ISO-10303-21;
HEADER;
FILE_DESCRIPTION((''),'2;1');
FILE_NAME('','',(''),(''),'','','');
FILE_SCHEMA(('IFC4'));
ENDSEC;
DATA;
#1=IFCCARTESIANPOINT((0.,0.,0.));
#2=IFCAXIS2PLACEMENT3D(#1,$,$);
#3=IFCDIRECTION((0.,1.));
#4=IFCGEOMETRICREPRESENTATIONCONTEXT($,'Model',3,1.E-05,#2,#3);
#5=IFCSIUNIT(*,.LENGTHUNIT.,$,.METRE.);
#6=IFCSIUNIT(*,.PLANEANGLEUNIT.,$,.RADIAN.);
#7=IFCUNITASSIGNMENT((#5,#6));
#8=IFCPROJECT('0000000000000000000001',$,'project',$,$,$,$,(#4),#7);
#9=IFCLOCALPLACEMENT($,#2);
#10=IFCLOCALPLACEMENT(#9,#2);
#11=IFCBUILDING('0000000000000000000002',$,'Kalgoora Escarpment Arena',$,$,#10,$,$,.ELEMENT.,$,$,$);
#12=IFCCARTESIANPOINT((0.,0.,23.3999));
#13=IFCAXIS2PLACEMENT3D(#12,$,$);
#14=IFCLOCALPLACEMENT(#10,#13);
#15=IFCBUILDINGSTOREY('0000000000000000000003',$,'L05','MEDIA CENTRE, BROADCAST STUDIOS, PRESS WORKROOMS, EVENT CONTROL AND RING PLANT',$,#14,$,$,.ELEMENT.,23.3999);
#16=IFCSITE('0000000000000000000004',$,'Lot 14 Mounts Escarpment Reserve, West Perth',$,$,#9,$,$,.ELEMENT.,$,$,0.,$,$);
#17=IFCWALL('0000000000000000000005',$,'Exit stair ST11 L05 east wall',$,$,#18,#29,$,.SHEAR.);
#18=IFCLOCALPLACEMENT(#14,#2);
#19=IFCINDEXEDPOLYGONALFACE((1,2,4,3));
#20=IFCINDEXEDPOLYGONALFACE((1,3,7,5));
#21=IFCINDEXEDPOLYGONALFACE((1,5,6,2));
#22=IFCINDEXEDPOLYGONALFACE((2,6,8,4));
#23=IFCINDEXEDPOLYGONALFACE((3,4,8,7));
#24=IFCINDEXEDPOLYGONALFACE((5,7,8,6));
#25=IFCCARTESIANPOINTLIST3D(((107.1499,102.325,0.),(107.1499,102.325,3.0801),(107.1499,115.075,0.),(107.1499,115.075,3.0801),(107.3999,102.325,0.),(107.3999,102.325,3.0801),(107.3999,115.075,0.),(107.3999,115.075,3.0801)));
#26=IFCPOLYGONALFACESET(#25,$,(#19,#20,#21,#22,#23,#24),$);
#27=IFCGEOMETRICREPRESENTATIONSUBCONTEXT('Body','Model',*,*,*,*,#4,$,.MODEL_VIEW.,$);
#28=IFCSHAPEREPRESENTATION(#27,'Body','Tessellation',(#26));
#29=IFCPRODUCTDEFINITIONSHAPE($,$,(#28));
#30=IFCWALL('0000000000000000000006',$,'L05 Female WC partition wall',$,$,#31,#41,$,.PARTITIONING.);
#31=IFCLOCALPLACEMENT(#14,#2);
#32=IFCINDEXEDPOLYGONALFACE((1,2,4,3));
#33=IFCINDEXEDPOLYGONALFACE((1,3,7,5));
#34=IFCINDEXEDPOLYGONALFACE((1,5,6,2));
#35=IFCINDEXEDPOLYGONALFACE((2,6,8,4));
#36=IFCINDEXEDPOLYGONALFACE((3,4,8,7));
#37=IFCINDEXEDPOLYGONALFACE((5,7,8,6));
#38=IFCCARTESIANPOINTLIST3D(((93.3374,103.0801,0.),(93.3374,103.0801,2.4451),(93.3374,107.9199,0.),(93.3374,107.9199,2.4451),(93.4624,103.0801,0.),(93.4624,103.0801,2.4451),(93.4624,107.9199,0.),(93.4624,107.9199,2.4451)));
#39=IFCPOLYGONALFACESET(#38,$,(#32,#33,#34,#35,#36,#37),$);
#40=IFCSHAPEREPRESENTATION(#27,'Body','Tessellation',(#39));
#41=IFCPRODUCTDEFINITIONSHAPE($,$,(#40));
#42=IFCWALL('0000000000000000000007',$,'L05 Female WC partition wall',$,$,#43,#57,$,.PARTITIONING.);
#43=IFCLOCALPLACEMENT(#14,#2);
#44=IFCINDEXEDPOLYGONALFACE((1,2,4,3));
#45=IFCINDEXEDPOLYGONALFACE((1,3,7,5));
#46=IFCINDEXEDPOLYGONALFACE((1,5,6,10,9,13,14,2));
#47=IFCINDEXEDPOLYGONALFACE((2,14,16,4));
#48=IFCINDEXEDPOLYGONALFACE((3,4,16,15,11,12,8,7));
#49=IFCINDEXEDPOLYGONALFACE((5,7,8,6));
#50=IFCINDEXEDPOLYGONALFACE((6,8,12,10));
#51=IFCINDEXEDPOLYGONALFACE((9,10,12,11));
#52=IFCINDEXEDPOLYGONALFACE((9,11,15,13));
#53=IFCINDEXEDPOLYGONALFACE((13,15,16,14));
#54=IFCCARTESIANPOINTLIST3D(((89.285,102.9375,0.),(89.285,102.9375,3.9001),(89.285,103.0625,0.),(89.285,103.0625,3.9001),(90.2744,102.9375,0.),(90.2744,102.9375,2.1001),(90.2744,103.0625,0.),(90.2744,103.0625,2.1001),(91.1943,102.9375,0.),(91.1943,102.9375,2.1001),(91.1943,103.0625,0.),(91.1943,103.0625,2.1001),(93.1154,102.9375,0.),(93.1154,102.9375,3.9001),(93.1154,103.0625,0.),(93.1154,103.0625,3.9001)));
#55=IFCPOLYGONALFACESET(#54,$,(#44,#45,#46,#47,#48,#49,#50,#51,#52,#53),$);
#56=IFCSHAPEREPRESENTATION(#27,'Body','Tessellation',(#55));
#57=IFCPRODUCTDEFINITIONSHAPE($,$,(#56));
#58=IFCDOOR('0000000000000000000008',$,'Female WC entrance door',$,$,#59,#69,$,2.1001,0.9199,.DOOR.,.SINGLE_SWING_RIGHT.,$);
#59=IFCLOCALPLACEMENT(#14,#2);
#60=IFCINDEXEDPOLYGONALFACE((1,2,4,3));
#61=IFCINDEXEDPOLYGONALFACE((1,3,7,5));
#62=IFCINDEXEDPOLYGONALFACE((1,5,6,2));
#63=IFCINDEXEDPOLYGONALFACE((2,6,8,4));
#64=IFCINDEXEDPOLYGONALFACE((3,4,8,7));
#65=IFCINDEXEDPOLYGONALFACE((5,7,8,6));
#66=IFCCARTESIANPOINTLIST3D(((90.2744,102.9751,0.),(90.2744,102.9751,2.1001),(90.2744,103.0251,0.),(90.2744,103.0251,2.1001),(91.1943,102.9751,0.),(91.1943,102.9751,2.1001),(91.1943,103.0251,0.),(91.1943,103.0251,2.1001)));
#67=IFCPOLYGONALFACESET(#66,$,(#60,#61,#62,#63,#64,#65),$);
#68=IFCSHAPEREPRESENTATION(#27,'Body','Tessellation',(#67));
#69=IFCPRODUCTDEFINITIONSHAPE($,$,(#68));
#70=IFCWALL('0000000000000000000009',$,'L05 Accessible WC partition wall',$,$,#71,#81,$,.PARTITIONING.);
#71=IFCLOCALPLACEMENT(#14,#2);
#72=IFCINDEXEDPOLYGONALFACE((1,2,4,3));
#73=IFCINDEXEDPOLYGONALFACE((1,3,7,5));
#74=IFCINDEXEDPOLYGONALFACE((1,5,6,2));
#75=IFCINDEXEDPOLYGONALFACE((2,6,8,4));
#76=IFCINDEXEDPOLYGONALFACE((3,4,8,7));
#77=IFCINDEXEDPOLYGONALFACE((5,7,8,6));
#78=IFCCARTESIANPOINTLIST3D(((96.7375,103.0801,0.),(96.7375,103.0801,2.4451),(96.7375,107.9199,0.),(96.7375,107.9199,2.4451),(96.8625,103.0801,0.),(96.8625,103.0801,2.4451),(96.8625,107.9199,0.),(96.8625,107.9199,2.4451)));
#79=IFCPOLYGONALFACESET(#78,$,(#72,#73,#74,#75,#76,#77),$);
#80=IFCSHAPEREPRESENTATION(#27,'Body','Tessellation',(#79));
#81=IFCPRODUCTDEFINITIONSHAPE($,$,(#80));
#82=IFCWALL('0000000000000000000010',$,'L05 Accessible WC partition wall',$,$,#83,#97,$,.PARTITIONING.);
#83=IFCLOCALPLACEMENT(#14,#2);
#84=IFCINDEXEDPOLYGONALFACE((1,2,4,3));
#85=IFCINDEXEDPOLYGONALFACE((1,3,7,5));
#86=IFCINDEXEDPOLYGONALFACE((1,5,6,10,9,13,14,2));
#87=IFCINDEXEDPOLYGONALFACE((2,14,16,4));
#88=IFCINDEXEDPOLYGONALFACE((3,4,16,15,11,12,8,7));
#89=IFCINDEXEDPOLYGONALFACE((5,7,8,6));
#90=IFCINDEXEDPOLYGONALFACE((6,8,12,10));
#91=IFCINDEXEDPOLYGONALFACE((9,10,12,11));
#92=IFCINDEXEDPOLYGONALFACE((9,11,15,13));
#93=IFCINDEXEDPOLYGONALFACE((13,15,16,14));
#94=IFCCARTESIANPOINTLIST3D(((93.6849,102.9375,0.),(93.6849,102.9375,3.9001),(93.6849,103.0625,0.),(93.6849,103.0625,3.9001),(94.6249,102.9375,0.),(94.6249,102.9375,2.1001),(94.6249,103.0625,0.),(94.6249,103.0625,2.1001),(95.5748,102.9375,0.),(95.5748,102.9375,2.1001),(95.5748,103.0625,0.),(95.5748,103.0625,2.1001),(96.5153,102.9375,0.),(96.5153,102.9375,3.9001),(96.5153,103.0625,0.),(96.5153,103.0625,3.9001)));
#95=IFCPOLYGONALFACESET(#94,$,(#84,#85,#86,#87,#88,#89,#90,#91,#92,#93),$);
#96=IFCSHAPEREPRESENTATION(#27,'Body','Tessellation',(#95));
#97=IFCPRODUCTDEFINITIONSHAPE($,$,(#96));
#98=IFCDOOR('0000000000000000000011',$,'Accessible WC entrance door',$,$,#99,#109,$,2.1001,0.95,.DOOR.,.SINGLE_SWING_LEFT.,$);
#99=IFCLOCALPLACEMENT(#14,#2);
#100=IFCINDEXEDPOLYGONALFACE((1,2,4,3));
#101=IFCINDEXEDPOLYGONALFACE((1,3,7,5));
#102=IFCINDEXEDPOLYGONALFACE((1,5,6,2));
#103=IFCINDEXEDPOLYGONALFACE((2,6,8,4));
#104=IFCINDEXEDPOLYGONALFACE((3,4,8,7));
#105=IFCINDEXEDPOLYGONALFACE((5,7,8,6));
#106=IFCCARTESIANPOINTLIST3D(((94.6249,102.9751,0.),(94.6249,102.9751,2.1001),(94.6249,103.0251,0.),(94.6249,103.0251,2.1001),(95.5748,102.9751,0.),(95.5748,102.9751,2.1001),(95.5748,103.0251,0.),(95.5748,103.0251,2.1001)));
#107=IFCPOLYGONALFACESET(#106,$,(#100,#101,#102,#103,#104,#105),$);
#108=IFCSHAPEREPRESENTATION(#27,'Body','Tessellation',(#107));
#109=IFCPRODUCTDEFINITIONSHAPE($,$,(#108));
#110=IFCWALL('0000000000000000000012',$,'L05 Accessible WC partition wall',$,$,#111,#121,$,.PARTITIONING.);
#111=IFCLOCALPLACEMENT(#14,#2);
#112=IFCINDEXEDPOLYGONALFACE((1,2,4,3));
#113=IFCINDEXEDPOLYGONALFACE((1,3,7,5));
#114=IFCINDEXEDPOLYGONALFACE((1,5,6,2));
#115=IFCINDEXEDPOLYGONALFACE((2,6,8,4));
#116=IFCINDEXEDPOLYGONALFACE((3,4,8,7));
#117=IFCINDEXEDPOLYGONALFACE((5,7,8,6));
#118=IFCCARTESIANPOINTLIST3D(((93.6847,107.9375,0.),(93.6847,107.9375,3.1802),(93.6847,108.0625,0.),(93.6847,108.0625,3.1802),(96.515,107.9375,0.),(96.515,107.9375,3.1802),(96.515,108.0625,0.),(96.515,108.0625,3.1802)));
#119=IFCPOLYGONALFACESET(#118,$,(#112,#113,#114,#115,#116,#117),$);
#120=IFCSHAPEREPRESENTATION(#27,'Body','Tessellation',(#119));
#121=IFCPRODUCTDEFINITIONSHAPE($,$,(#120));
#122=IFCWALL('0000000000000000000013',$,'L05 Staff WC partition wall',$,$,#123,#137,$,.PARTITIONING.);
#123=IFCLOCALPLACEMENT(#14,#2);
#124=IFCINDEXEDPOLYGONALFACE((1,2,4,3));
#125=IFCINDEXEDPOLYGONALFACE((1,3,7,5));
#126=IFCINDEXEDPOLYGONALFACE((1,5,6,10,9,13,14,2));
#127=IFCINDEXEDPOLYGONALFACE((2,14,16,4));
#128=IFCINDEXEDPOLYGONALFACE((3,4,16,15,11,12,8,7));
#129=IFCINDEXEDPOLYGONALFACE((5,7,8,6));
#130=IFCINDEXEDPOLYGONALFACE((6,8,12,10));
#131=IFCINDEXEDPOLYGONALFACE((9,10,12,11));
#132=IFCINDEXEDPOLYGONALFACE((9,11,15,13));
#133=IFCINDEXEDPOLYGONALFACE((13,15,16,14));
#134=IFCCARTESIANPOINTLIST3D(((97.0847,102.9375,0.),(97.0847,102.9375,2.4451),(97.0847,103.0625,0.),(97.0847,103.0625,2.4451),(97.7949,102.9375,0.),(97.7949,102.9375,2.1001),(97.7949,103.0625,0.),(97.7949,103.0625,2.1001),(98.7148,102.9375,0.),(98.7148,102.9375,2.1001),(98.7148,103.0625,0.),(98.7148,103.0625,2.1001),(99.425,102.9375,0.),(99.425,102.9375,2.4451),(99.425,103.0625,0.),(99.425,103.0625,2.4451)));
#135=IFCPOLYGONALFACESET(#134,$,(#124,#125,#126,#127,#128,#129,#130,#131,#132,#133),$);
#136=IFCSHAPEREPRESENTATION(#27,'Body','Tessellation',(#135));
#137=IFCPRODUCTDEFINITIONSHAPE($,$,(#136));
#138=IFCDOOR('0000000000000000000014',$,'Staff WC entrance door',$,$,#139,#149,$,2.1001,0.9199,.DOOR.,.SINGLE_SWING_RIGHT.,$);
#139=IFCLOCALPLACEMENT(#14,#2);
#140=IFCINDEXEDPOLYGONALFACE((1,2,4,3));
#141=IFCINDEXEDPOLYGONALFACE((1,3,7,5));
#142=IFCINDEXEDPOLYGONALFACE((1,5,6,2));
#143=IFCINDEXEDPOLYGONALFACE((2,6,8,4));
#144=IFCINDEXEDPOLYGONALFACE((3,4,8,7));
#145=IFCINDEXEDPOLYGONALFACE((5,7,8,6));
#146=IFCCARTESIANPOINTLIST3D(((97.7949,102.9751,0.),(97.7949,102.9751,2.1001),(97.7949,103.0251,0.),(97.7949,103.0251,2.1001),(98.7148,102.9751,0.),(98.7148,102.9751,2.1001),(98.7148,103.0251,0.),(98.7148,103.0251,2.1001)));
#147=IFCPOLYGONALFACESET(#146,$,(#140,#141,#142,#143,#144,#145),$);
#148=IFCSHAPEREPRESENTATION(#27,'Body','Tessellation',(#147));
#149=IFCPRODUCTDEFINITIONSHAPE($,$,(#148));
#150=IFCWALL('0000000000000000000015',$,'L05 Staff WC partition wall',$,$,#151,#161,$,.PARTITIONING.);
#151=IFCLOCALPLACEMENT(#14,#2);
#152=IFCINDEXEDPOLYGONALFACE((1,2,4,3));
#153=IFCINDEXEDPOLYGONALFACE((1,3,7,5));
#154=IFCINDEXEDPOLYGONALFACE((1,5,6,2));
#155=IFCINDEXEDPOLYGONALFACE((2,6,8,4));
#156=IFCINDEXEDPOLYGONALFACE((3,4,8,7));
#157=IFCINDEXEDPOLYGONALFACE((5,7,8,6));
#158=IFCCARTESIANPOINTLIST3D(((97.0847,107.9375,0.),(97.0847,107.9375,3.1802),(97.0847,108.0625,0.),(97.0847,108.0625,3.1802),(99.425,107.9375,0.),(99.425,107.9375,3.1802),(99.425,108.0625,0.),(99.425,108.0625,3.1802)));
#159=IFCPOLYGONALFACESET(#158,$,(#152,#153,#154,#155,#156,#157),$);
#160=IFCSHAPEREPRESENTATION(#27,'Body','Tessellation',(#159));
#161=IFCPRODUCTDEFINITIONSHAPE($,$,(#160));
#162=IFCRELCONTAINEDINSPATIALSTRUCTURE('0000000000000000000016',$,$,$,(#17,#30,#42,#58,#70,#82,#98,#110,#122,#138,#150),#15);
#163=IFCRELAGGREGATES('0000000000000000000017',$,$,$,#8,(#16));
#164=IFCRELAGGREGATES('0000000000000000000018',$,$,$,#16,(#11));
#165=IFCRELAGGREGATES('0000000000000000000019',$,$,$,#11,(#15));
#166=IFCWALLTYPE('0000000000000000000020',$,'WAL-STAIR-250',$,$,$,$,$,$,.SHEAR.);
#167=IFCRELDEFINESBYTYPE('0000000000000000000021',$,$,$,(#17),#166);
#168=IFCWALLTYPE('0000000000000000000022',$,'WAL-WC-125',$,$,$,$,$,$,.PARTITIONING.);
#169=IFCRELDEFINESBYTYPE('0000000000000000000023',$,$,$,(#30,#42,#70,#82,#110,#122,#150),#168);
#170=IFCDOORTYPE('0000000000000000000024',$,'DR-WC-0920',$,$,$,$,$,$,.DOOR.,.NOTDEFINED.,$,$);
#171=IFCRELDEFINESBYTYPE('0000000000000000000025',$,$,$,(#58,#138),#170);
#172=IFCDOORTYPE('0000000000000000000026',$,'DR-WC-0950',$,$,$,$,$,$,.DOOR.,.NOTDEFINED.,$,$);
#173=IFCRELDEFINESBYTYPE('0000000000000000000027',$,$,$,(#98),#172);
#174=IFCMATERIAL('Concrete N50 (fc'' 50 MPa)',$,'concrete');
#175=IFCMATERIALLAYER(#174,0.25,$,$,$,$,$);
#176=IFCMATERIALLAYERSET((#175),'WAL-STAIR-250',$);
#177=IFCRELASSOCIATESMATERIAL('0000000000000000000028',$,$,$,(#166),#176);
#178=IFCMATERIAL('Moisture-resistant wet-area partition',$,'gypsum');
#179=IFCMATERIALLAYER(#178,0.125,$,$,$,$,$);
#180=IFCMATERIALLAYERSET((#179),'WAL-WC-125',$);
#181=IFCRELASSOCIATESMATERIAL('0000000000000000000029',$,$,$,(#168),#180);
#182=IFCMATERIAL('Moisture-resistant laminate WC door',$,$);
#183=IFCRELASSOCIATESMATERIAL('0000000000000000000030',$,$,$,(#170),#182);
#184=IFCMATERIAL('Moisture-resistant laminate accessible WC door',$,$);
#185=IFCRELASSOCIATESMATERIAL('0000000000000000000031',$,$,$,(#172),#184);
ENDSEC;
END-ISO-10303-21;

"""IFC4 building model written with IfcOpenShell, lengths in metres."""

from ifc_helpers import new_model, si_unit, direction, frame, frame_2d, origin, place, context, subcontext, project, spatial, rectangle, extrude, material, layer, layer_set, type_object, element, fill, save


model = new_model("IFC4")

# Units and contexts
model_context = context("Model", 3, precision=1e-05, world=origin(), true_north=direction((0.0, 1.0)))
body_context = subcontext(model_context, "Body", "Model", "MODEL_VIEW")
ifc_project = project(units=[si_unit("LENGTHUNIT", "METRE"), si_unit("PLANEANGLEUNIT", "RADIAN")], contexts=[model_context])

# Site, building, storey
site_placement = place(None, origin())
site = spatial("IfcSite", under=ifc_project, at=site_placement, Name="Lot 14 Mounts Escarpment Reserve, West Perth", CompositionType="ELEMENT", RefElevation=0.0)
building_placement = place(site_placement, origin())
building = spatial("IfcBuilding", under=site, at=building_placement, Name="Kalgoora Escarpment Arena", CompositionType="ELEMENT")
storey_placement = place(building_placement, frame((0.0, 0.0, 23.3999)))
storey = spatial("IfcBuildingStorey", under=building, at=storey_placement, Name="L05", Description="MEDIA CENTRE, BROADCAST STUDIOS, PRESS WORKROOMS, EVENT CONTROL AND RING PLANT", CompositionType="ELEMENT", Elevation=23.3999)

# Shared definitions
ifc_material_1 = material(Name="Concrete N50 (fc' 50 MPa)", Category="concrete")
ifc_layer_1 = layer(ifc_material_1, 0.25)
ifc_layer_set_1 = layer_set([ifc_layer_1], Name="WAL-STAIR-250")
wall_type_1 = type_object("IfcWallType", Name="WAL-STAIR-250", PredefinedType="SHEAR", material=ifc_layer_set_1)

# Walls
for number, where, z_axis, x_axis, name in (
    (1, (107.2749, 102.325, 0.0), (0.0, 0.0, 1.0), (0.0, 1.0, 0.0), "Exit stair ST11 L05 east wall"),
):
    element("IfcWall", number, at=place(storey_placement, frame(where, z_axis=z_axis, x_axis=x_axis)), inside=storey, type_object=wall_type_1, Name=name, PredefinedType="SHEAR", context=body_context, shape_type="SweptSolid", body=[
        extrude(rectangle(XDim=12.75, YDim=0.25, at=frame_2d((6.375, 0.0))), origin(), (0.0, 0.0, 1.0), 3.0801),
    ])
ifc_material_2 = material(Name="Moisture-resistant wet-area partition", Category="gypsum")
ifc_layer_2 = layer(ifc_material_2, 0.125)
ifc_layer_set_2 = layer_set([ifc_layer_2], Name="WAL-WC-125")
wall_type_2 = type_object("IfcWallType", Name="WAL-WC-125", PredefinedType="PARTITIONING", material=ifc_layer_set_2)
wall_1_placement = place(storey_placement, frame((93.3999, 107.9199, 0.0), z_axis=(0.0, 0.0, 1.0), x_axis=(0.0, -1.0, 0.0)))
element("IfcWall", 2, at=wall_1_placement, inside=storey, type_object=wall_type_2, Name="L05 Female WC partition wall", PredefinedType="PARTITIONING", context=body_context, shape_type="SweptSolid", body=[
    extrude(rectangle(XDim=4.8398, YDim=0.125, at=frame_2d((2.4199, 0.0))), origin(), (0.0, 0.0, 1.0), 2.4451),
])

# Wall, opening, door
wall_2_placement = place(storey_placement, frame((93.1152, 103.0, 0.0), z_axis=(0.0, 0.0, 1.0), x_axis=(-1.0, 0.0, 0.0)))
wall_2 = element("IfcWall", 3, at=wall_2_placement, inside=storey, type_object=wall_type_2, Name="L05 Female WC partition wall", PredefinedType="PARTITIONING", context=body_context, shape_type="SweptSolid", body=[
    extrude(rectangle(XDim=3.8303, YDim=0.125, at=frame_2d((1.915, 0.0))), origin(), (0.0, 0.0, 1.0), 3.9001),
])
opening_1_placement = place(wall_2_placement, frame((1.9209, 0.0, 0.0)))
opening_1 = element("IfcOpeningElement", 4, at=opening_1_placement, cuts=wall_2, PredefinedType="OPENING", context=body_context, shape_type="SweptSolid", body=[
    extrude(rectangle(XDim=0.9199, YDim=2.1001, at=frame_2d((0.46, 1.05))), frame((0.0, 0.0725, 0.0), z_axis=(0.0, -1.0, 0.0), x_axis=(1.0, 0.0, 0.0)), (0.0, 0.0, 1.0), 0.145),
])
ifc_material_3 = material(Name="Moisture-resistant laminate WC door")
door_type_1 = type_object("IfcDoorType", Name="DR-WC-0920", OperationType="NOTDEFINED", PredefinedType="DOOR", material=ifc_material_3)
door_1_placement = place(opening_1_placement, origin())
door_1 = element("IfcDoor", 5, at=door_1_placement, inside=storey, type_object=door_type_1, Name="Female WC entrance door", OperationType="SINGLE_SWING_RIGHT", OverallHeight=2.1001, OverallWidth=0.9199, PredefinedType="DOOR", context=body_context, shape_type="SweptSolid", body=[
    extrude(rectangle(XDim=0.9199, YDim=2.1001, at=frame_2d((0.46, 1.05))), frame((0.0, 0.0249, 0.0), z_axis=(0.0, -1.0, 0.0), x_axis=(1.0, 0.0, 0.0)), (0.0, 0.0, 1.0), 0.05),
])
fill(opening_1, door_1)

# Wall
wall_3_placement = place(storey_placement, frame((96.8, 107.9199, 0.0), z_axis=(0.0, 0.0, 1.0), x_axis=(0.0, -1.0, 0.0)))
element("IfcWall", 6, at=wall_3_placement, inside=storey, type_object=wall_type_2, Name="L05 Accessible WC partition wall", PredefinedType="PARTITIONING", context=body_context, shape_type="SweptSolid", body=[
    extrude(rectangle(XDim=4.8398, YDim=0.125, at=frame_2d((2.4199, 0.0))), origin(), (0.0, 0.0, 1.0), 2.4451),
])

# Wall, opening, door
wall_4_placement = place(storey_placement, frame((96.5151, 103.0, 0.0), z_axis=(0.0, 0.0, 1.0), x_axis=(-1.0, 0.0, 0.0)))
wall_4 = element("IfcWall", 7, at=wall_4_placement, inside=storey, type_object=wall_type_2, Name="L05 Accessible WC partition wall", PredefinedType="PARTITIONING", context=body_context, shape_type="SweptSolid", body=[
    extrude(rectangle(XDim=2.8303, YDim=0.125, at=frame_2d((1.415, 0.0))), origin(), (0.0, 0.0, 1.0), 3.9001),
])
opening_2_placement = place(wall_4_placement, frame((0.9402, 0.0, 0.0)))
opening_2 = element("IfcOpeningElement", 8, at=opening_2_placement, cuts=wall_4, PredefinedType="OPENING", context=body_context, shape_type="SweptSolid", body=[
    extrude(rectangle(XDim=0.95, YDim=2.1001, at=frame_2d((0.4751, 1.05))), frame((0.0, 0.0725, 0.0), z_axis=(0.0, -1.0, 0.0), x_axis=(1.0, 0.0, 0.0)), (0.0, 0.0, 1.0), 0.145),
])
ifc_material_4 = material(Name="Moisture-resistant laminate accessible WC door")
door_type_2 = type_object("IfcDoorType", Name="DR-WC-0950", OperationType="NOTDEFINED", PredefinedType="DOOR", material=ifc_material_4)
door_2_placement = place(opening_2_placement, origin())
door_2 = element("IfcDoor", 9, at=door_2_placement, inside=storey, type_object=door_type_2, Name="Accessible WC entrance door", OperationType="SINGLE_SWING_LEFT", OverallHeight=2.1001, OverallWidth=0.95, PredefinedType="DOOR", context=body_context, shape_type="SweptSolid", body=[
    extrude(rectangle(XDim=0.95, YDim=2.1001, at=frame_2d((0.4751, 1.05))), frame((0.0, 0.0249, 0.0), z_axis=(0.0, -1.0, 0.0), x_axis=(1.0, 0.0, 0.0)), (0.0, 0.0, 1.0), 0.05),
])
fill(opening_2, door_2)

# Wall
wall_5_placement = place(storey_placement, frame((93.6848, 108.0, 0.0), z_axis=(0.0, 0.0, 1.0), x_axis=(1.0, 0.0, 0.0)))
element("IfcWall", 10, at=wall_5_placement, inside=storey, type_object=wall_type_2, Name="L05 Accessible WC partition wall", PredefinedType="PARTITIONING", context=body_context, shape_type="SweptSolid", body=[
    extrude(rectangle(XDim=2.8303, YDim=0.125, at=frame_2d((1.415, 0.0))), origin(), (0.0, 0.0, 1.0), 3.1802),
])

# Wall, opening, door
wall_6_placement = place(storey_placement, frame((99.425, 103.0, 0.0), z_axis=(0.0, 0.0, 1.0), x_axis=(-1.0, 0.0, 0.0)))
wall_6 = element("IfcWall", 11, at=wall_6_placement, inside=storey, type_object=wall_type_2, Name="L05 Staff WC partition wall", PredefinedType="PARTITIONING", context=body_context, shape_type="SweptSolid", body=[
    extrude(rectangle(XDim=2.3403, YDim=0.125, at=frame_2d((1.1702, 0.0))), origin(), (0.0, 0.0, 1.0), 2.4451),
])
opening_3_placement = place(wall_6_placement, frame((0.7102, 0.0, 0.0)))
opening_3 = element("IfcOpeningElement", 12, at=opening_3_placement, cuts=wall_6, PredefinedType="OPENING", context=body_context, shape_type="SweptSolid", body=[
    extrude(rectangle(XDim=0.9199, YDim=2.1001, at=frame_2d((0.46, 1.05))), frame((0.0, 0.0725, 0.0), z_axis=(0.0, -1.0, 0.0), x_axis=(1.0, 0.0, 0.0)), (0.0, 0.0, 1.0), 0.145),
])
door_3_placement = place(opening_3_placement, origin())
door_3 = element("IfcDoor", 13, at=door_3_placement, inside=storey, type_object=door_type_1, Name="Staff WC entrance door", OperationType="SINGLE_SWING_RIGHT", OverallHeight=2.1001, OverallWidth=0.9199, PredefinedType="DOOR", context=body_context, shape_type="SweptSolid", body=[
    extrude(rectangle(XDim=0.9199, YDim=2.1001, at=frame_2d((0.46, 1.05))), frame((0.0, 0.0249, 0.0), z_axis=(0.0, -1.0, 0.0), x_axis=(1.0, 0.0, 0.0)), (0.0, 0.0, 1.0), 0.05),
])
fill(opening_3, door_3)

# Wall
wall_7_placement = place(storey_placement, frame((97.0847, 108.0, 0.0), z_axis=(0.0, 0.0, 1.0), x_axis=(1.0, 0.0, 0.0)))
element("IfcWall", 14, at=wall_7_placement, inside=storey, type_object=wall_type_2, Name="L05 Staff WC partition wall", PredefinedType="PARTITIONING", context=body_context, shape_type="SweptSolid", body=[
    extrude(rectangle(XDim=2.3403, YDim=0.125, at=frame_2d((1.1702, 0.0))), origin(), (0.0, 0.0, 1.0), 3.1802),
])

save(model, "model.ifc")
